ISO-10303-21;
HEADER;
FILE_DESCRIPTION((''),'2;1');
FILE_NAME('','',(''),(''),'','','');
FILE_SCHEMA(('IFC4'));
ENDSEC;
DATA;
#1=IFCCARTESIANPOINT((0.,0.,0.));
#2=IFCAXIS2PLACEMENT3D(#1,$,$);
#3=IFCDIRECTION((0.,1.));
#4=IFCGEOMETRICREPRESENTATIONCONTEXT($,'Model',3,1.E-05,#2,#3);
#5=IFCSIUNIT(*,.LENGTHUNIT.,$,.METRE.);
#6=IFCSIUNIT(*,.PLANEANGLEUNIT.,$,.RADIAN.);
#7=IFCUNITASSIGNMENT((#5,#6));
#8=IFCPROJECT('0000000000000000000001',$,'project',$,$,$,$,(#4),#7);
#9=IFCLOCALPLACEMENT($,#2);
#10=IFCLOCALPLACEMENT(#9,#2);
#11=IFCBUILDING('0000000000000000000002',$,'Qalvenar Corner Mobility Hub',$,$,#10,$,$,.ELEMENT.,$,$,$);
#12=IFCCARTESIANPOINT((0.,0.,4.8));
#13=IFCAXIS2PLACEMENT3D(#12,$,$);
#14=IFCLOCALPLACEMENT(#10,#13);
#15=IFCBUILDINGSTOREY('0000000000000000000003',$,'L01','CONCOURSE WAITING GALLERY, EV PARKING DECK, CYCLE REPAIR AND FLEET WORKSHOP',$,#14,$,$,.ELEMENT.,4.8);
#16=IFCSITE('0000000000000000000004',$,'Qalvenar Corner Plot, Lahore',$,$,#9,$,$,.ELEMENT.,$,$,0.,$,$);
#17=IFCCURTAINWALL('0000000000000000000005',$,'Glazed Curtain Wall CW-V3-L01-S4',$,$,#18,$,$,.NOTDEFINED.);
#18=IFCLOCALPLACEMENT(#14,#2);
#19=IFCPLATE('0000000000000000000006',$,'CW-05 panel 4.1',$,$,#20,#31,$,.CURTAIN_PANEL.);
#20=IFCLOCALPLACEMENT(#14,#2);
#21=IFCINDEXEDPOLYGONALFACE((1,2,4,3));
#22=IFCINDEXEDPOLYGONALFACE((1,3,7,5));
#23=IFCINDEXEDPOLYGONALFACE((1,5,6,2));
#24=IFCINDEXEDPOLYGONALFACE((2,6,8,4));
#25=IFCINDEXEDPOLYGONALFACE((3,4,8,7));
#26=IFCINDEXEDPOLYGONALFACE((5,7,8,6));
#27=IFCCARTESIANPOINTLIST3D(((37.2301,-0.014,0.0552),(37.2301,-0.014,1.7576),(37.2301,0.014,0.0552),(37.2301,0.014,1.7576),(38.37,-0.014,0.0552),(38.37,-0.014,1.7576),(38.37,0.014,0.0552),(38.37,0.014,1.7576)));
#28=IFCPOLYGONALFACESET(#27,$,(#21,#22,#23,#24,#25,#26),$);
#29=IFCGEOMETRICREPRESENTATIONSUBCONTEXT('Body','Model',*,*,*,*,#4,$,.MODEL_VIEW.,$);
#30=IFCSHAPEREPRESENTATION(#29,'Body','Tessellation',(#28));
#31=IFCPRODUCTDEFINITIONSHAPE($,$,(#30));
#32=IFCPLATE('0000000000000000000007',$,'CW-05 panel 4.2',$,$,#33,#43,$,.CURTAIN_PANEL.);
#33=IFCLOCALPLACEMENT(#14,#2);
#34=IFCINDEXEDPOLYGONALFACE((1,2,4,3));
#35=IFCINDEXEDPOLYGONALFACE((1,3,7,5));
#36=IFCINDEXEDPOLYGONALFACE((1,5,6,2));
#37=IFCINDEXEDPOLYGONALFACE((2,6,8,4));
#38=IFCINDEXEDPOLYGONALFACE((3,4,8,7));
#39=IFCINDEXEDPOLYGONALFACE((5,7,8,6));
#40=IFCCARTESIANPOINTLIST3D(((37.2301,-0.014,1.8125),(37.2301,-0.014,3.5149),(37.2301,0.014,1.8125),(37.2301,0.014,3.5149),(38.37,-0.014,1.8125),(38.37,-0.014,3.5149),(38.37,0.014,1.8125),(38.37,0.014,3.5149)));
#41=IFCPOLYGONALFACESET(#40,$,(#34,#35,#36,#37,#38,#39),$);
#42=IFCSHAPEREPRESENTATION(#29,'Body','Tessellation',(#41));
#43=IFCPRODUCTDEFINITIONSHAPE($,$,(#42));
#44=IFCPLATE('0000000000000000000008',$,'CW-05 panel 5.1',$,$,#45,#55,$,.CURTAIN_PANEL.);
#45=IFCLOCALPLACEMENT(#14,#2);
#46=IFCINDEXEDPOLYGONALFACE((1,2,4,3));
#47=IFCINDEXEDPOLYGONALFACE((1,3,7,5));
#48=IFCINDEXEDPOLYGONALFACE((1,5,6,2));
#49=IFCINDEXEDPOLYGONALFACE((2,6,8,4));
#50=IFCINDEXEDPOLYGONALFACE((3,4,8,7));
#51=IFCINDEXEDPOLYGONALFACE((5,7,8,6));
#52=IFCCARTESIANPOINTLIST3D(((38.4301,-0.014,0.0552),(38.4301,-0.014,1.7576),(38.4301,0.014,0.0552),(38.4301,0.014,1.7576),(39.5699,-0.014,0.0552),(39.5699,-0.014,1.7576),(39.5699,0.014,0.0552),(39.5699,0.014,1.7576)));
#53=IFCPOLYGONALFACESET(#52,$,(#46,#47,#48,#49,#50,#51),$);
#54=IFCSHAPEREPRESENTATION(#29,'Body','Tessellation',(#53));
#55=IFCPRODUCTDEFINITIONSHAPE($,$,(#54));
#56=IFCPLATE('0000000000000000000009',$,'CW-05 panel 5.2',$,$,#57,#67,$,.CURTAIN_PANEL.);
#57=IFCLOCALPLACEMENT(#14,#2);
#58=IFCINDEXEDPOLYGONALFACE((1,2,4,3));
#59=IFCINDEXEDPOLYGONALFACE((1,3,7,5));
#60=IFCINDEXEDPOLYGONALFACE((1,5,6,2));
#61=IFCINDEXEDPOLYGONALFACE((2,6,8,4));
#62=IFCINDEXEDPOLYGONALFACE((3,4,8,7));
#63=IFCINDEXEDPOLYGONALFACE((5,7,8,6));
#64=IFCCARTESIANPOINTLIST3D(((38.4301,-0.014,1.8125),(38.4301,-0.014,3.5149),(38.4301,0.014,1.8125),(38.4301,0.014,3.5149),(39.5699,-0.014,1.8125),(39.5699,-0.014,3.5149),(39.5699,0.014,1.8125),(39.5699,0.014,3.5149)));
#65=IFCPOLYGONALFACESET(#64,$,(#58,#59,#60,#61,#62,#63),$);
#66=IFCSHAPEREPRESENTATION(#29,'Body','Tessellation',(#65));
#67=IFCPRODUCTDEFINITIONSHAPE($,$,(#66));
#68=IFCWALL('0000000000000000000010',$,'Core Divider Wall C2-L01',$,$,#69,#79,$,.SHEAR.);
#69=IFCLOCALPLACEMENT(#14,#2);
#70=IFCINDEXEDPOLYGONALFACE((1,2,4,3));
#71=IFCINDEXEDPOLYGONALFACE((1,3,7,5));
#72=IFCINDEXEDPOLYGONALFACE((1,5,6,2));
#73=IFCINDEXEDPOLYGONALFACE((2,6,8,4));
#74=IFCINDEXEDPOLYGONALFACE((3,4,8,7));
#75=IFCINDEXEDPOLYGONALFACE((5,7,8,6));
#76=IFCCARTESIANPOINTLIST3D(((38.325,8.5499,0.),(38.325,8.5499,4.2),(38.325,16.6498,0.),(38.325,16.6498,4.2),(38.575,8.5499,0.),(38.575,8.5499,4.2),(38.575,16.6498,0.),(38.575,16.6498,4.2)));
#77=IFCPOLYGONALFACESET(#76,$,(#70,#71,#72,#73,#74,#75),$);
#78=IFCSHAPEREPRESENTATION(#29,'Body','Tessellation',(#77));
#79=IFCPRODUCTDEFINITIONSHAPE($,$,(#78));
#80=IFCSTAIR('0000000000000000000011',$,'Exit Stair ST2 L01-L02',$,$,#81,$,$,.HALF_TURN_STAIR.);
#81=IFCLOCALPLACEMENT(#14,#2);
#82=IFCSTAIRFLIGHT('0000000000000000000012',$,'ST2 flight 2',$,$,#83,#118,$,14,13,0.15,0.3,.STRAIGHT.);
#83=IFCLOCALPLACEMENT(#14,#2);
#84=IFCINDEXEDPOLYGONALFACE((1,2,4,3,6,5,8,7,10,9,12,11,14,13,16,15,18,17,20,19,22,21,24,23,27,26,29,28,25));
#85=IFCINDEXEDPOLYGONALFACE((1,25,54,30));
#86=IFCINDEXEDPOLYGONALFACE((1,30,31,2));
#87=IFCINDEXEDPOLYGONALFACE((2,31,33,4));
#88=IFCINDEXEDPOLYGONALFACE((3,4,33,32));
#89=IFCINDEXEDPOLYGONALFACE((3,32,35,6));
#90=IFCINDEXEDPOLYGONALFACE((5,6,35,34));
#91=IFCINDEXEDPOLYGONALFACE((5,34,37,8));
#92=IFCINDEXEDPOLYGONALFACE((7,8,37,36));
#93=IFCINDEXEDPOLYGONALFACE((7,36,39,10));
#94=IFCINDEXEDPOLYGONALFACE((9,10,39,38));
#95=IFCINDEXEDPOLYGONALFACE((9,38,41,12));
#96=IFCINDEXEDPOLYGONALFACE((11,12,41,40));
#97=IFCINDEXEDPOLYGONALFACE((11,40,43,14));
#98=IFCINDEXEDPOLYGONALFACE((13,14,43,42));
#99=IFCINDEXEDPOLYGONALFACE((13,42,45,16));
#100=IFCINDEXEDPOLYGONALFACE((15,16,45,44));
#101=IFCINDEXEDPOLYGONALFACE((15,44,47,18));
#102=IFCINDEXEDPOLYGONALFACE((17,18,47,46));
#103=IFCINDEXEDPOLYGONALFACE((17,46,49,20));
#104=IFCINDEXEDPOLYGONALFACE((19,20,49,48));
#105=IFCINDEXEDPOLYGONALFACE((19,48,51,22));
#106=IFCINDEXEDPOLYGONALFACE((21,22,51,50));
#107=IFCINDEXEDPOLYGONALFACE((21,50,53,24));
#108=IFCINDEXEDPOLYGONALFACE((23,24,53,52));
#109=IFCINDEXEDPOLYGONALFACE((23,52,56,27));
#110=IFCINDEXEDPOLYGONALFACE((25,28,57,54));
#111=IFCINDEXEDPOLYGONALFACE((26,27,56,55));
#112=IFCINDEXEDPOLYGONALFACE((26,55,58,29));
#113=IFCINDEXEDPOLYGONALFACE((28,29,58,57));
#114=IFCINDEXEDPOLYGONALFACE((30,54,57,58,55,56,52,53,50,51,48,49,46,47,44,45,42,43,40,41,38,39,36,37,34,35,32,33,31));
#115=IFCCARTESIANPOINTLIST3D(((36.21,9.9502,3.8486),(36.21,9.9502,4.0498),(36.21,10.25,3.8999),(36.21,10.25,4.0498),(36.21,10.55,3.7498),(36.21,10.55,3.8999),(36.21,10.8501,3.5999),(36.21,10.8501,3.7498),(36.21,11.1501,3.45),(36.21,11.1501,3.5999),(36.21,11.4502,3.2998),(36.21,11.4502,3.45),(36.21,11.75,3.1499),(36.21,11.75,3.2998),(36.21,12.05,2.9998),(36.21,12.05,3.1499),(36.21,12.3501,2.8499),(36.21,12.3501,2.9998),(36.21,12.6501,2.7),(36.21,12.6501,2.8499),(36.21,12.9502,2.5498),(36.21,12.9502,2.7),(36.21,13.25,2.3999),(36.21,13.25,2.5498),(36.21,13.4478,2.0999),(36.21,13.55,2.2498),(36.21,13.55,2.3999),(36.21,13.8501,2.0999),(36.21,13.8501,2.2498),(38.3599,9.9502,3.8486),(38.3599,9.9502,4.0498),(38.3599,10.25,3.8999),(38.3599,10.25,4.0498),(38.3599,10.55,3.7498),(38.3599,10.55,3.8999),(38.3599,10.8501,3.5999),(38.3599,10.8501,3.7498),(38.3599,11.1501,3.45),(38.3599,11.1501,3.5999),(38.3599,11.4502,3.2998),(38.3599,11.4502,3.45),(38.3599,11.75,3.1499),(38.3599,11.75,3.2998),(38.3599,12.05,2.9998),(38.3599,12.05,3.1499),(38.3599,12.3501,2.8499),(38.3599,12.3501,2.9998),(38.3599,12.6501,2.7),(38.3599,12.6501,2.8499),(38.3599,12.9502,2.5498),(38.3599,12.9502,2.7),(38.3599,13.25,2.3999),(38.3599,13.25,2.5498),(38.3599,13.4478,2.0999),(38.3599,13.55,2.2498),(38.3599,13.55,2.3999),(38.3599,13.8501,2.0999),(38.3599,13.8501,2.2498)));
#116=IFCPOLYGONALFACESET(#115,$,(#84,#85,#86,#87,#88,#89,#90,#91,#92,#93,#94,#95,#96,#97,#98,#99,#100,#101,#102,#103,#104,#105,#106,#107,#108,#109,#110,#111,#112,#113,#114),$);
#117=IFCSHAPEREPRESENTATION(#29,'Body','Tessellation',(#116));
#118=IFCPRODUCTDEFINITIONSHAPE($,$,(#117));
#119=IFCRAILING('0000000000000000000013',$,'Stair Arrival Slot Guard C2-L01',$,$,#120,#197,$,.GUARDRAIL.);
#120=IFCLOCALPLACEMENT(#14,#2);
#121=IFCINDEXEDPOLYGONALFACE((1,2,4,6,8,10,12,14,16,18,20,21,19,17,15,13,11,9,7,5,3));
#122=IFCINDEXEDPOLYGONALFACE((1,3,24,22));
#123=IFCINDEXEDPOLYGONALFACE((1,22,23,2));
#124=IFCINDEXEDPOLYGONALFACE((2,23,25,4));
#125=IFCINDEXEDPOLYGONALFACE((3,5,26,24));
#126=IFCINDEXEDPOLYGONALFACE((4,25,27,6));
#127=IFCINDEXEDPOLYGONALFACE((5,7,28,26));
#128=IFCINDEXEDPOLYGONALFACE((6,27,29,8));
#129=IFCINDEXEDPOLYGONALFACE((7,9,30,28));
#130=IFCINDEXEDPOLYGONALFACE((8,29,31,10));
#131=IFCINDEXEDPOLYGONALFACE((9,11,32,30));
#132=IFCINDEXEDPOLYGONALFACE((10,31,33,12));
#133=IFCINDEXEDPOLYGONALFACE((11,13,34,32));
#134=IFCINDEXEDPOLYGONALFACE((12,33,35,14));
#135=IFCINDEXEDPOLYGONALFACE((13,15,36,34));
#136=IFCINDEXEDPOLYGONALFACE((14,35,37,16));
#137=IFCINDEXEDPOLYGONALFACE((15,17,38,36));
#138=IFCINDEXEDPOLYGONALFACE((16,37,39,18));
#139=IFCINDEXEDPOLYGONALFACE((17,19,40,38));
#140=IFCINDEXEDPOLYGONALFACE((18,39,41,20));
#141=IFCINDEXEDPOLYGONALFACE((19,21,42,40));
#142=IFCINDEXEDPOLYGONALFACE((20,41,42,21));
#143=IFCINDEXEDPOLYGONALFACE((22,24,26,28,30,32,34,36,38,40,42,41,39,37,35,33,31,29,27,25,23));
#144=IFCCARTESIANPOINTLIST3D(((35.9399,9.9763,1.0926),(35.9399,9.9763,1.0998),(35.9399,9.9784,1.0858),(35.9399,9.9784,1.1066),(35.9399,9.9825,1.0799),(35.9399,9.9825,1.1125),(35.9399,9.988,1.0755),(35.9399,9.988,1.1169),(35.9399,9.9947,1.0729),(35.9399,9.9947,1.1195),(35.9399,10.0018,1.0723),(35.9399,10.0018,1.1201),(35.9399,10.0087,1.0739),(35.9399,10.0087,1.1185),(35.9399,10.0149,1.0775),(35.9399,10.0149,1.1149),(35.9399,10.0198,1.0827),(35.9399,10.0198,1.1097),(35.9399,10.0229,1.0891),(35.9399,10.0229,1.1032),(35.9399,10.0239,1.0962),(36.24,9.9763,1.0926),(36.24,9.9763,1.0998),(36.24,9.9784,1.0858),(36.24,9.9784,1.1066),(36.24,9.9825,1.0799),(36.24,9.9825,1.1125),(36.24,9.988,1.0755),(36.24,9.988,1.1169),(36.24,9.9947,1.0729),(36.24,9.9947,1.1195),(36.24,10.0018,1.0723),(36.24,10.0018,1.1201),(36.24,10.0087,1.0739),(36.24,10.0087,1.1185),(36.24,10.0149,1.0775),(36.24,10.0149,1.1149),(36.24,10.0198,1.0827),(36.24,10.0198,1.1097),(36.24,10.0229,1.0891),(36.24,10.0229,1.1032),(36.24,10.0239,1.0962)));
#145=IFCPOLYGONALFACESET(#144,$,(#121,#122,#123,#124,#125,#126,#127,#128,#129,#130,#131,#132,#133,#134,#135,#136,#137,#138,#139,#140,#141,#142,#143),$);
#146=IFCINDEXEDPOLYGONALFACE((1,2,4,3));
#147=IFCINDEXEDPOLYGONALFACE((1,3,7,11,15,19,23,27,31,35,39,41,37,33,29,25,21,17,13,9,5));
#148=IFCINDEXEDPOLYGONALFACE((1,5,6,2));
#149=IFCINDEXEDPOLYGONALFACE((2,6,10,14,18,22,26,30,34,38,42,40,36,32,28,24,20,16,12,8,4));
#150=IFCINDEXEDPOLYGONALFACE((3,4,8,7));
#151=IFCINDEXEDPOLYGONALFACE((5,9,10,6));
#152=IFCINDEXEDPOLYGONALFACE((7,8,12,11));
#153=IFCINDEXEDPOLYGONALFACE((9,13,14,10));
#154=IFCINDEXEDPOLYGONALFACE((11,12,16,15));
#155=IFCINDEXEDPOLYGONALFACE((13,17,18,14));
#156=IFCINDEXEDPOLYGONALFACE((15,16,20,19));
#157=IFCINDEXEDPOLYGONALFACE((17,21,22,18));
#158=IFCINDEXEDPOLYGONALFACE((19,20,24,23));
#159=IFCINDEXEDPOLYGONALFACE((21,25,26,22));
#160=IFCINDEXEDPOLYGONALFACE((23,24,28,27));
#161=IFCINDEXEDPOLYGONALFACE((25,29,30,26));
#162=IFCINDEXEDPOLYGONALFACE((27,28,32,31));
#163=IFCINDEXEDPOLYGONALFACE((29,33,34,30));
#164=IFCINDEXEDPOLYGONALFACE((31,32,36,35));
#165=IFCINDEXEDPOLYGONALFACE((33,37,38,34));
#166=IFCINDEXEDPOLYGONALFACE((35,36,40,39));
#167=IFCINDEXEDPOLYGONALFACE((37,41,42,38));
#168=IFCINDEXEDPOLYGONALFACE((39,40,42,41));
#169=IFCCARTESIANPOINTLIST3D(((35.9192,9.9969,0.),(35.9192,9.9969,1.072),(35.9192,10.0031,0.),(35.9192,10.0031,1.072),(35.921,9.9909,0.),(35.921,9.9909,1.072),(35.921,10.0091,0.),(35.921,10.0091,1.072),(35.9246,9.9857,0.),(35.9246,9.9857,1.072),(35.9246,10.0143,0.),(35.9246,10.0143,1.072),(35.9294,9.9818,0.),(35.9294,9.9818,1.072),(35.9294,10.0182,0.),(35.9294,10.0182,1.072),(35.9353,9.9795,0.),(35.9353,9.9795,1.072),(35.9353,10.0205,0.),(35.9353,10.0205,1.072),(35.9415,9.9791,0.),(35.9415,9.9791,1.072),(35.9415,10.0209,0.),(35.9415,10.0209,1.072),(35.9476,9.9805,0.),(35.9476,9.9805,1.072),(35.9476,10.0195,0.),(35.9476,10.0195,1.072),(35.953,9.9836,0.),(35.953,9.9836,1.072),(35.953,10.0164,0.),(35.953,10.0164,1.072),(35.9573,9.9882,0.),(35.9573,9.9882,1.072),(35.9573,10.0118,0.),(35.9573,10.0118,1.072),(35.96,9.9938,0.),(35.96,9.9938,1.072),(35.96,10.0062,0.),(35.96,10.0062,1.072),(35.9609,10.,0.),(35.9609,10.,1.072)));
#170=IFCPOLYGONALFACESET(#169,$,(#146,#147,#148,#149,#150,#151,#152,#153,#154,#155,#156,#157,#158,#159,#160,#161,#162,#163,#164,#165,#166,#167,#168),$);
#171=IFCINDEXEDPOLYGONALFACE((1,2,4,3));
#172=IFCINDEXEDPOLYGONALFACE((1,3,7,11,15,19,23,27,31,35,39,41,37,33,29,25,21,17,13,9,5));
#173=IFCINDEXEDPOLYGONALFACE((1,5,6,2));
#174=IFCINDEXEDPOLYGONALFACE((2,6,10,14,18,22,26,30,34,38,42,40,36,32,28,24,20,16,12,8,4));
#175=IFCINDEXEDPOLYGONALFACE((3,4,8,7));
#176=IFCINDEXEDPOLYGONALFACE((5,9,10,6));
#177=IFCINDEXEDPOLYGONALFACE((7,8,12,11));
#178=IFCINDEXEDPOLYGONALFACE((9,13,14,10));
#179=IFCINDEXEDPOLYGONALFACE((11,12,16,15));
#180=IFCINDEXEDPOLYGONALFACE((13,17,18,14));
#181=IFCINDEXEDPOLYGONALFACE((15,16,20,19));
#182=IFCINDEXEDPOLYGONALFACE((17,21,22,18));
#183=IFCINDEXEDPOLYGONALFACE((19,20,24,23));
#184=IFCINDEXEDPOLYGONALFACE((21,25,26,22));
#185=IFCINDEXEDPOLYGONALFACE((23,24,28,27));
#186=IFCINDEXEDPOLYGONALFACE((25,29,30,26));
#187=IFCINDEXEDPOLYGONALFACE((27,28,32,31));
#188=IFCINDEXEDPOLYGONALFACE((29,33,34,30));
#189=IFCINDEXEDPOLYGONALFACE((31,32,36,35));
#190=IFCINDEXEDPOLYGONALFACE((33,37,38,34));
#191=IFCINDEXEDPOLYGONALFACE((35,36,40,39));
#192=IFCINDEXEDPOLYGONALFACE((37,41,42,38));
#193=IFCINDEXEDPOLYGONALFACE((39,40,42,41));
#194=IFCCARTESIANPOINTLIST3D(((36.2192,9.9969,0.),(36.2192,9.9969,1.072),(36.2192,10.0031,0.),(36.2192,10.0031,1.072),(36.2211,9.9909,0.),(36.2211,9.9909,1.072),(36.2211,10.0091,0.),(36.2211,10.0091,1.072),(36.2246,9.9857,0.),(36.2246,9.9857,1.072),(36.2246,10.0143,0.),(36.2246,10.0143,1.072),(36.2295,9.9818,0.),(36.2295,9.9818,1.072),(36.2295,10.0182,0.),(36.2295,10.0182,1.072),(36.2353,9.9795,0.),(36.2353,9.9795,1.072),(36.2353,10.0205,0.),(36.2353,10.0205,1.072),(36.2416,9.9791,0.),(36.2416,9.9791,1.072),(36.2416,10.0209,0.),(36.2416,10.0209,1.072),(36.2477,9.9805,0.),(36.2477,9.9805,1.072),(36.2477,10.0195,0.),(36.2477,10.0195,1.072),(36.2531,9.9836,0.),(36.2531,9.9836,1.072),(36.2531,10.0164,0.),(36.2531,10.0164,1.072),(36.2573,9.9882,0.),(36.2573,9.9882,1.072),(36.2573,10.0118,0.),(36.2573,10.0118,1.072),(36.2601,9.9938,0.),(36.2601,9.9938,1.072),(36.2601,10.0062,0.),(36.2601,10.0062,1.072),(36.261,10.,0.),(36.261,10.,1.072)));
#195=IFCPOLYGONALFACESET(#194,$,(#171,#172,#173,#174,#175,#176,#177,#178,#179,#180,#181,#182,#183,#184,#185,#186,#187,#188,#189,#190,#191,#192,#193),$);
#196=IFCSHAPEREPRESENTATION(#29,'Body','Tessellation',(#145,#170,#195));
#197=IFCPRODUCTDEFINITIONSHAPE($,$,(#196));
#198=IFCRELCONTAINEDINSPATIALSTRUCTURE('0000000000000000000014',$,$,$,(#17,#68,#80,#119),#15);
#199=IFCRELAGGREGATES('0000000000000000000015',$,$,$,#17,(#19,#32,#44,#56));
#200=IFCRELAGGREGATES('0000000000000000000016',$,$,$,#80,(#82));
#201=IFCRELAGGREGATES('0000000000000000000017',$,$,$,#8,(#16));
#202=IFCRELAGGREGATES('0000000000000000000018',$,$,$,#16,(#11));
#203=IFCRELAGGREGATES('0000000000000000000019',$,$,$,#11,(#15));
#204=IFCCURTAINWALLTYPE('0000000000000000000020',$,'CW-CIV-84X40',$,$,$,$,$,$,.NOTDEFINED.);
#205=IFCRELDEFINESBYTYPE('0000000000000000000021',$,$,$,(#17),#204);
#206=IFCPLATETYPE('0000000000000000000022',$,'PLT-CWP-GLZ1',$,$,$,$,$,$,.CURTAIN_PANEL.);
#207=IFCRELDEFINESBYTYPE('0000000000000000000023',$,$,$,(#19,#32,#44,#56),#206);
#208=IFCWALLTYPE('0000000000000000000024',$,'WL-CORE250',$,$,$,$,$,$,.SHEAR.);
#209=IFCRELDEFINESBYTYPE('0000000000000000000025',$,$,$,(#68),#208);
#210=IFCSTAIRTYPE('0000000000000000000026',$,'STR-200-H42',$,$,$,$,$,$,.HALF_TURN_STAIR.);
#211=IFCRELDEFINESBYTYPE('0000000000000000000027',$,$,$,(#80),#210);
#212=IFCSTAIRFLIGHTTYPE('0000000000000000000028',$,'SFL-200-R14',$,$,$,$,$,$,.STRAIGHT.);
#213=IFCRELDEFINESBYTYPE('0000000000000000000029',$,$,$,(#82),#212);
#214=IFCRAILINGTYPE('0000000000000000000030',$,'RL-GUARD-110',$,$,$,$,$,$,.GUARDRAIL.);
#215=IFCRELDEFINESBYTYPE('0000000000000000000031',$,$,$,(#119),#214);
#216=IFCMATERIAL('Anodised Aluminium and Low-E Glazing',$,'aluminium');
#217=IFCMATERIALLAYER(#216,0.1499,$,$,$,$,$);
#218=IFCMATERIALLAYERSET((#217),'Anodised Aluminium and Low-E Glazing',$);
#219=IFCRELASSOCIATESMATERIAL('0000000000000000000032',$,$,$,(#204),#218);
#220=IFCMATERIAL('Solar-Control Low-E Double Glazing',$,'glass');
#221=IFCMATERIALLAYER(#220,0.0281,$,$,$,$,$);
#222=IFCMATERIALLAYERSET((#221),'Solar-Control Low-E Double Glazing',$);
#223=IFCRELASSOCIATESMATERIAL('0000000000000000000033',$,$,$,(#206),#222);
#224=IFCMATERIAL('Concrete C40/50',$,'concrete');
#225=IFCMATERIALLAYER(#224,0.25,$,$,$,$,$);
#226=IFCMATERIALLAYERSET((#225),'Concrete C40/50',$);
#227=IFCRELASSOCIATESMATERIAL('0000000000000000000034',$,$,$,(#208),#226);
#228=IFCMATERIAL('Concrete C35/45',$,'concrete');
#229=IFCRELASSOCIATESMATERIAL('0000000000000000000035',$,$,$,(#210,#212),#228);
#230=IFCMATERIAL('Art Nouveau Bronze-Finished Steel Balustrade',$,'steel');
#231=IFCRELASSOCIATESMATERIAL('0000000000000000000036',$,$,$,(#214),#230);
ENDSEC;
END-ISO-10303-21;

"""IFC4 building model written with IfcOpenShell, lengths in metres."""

from ifc_helpers import new_model, si_unit, direction, frame, frame_2d, origin, origin_2d, place, context, subcontext, project, spatial, polyline, rectangle, circle, outline, extrude, material, layer, layer_set, type_object, element, aggregate, save


model = new_model("IFC4")

# Units and contexts
model_context = context("Model", 3, precision=1e-05, world=origin(), true_north=direction((0.0, 1.0)))
body_context = subcontext(model_context, "Body", "Model", "MODEL_VIEW")
ifc_project = project(units=[si_unit("LENGTHUNIT", "METRE"), si_unit("PLANEANGLEUNIT", "RADIAN")], contexts=[model_context])

# Site, building, storey
site_placement = place(None, origin())
site = spatial("IfcSite", under=ifc_project, at=site_placement, Name="Qalvenar Corner Plot, Lahore", CompositionType="ELEMENT", RefElevation=0.0)
building_placement = place(site_placement, origin())
building = spatial("IfcBuilding", under=site, at=building_placement, Name="Qalvenar Corner Mobility Hub", CompositionType="ELEMENT")
storey_placement = place(building_placement, frame((0.0, 0.0, 4.8)))
storey = spatial("IfcBuildingStorey", under=building, at=storey_placement, Name="L01", Description="CONCOURSE WAITING GALLERY, EV PARKING DECK, CYCLE REPAIR AND FLEET WORKSHOP", CompositionType="ELEMENT", Elevation=4.8)

# Curtain wall, plates
ifc_material_1 = material(Name="Anodised Aluminium and Low-E Glazing", Category="aluminium")
ifc_layer_1 = layer(ifc_material_1, 0.1499)
ifc_layer_set_1 = layer_set([ifc_layer_1], Name="Anodised Aluminium and Low-E Glazing")
curtain_wall_type = type_object("IfcCurtainWallType", Name="CW-CIV-84X40", PredefinedType="NOTDEFINED", material=ifc_layer_set_1)
curtain_wall_placement = place(storey_placement, origin())
curtain_wall = element("IfcCurtainWall", 1, at=curtain_wall_placement, inside=storey, type_object=curtain_wall_type, Name="Glazed Curtain Wall CW-V3-L01-S4", PredefinedType="NOTDEFINED")
ifc_material_2 = material(Name="Solar-Control Low-E Double Glazing", Category="glass")
ifc_layer_2 = layer(ifc_material_2, 0.0281)
ifc_layer_set_2 = layer_set([ifc_layer_2], Name="Solar-Control Low-E Double Glazing")
plate_type = type_object("IfcPlateType", Name="PLT-CWP-GLZ1", PredefinedType="CURTAIN_PANEL", material=ifc_layer_set_2)
plate_1_placement = place(storey_placement, frame((37.8, 0.0, 0.0552), z_axis=(0.0, 0.0, 1.0), x_axis=(1.0, 0.0, 0.0)))
plate_1 = element("IfcPlate", 2, at=plate_1_placement, type_object=plate_type, Name="CW-05 panel 4.1", PredefinedType="CURTAIN_PANEL", context=body_context, shape_type="SweptSolid", body=[
    extrude(rectangle(XDim=1.1399, YDim=0.0281, at=origin_2d()), origin(), (0.0, 0.0, 1.0), 1.7024),
])
plate_2_placement = place(storey_placement, frame((37.8, 0.0, 1.8125), z_axis=(0.0, 0.0, 1.0), x_axis=(1.0, 0.0, 0.0)))
plate_2 = element("IfcPlate", 3, at=plate_2_placement, type_object=plate_type, Name="CW-05 panel 4.2", PredefinedType="CURTAIN_PANEL", context=body_context, shape_type="SweptSolid", body=[
    extrude(rectangle(XDim=1.1399, YDim=0.0281, at=origin_2d()), origin(), (0.0, 0.0, 1.0), 1.7024),
])
plate_3_placement = place(storey_placement, frame((39.0, 0.0, 0.0552), z_axis=(0.0, 0.0, 1.0), x_axis=(1.0, 0.0, 0.0)))
plate_3 = element("IfcPlate", 4, at=plate_3_placement, type_object=plate_type, Name="CW-05 panel 5.1", PredefinedType="CURTAIN_PANEL", context=body_context, shape_type="SweptSolid", body=[
    extrude(rectangle(XDim=1.1399, YDim=0.0281, at=origin_2d()), origin(), (0.0, 0.0, 1.0), 1.7024),
])
plate_4_placement = place(storey_placement, frame((39.0, 0.0, 1.8125), z_axis=(0.0, 0.0, 1.0), x_axis=(1.0, 0.0, 0.0)))
plate_4 = element("IfcPlate", 5, at=plate_4_placement, type_object=plate_type, Name="CW-05 panel 5.2", PredefinedType="CURTAIN_PANEL", context=body_context, shape_type="SweptSolid", body=[
    extrude(rectangle(XDim=1.1399, YDim=0.0281, at=origin_2d()), origin(), (0.0, 0.0, 1.0), 1.7024),
])
aggregate(curtain_wall, [plate_1, plate_2, plate_3, plate_4])

# Wall
ifc_material_3 = material(Name="Concrete C40/50", Category="concrete")
ifc_layer_3 = layer(ifc_material_3, 0.25)
ifc_layer_set_3 = layer_set([ifc_layer_3], Name="Concrete C40/50")
wall_type = type_object("IfcWallType", Name="WL-CORE250", PredefinedType="SHEAR", material=ifc_layer_set_3)
wall_placement = place(storey_placement, frame((38.45, 8.55, 0.0), z_axis=(0.0, 0.0, 1.0), x_axis=(0.0, 1.0, 0.0)))
element("IfcWall", 6, at=wall_placement, inside=storey, type_object=wall_type, Name="Core Divider Wall C2-L01", PredefinedType="SHEAR", context=body_context, shape_type="SweptSolid", body=[
    extrude(rectangle(XDim=8.0999, YDim=0.25, at=frame_2d((4.0498, 0.0))), origin(), (0.0, 0.0, 1.0), 4.2),
])

# Stair, stair flight
ifc_material_4 = material(Name="Concrete C35/45", Category="concrete")
stair_type = type_object("IfcStairType", Name="STR-200-H42", PredefinedType="HALF_TURN_STAIR", material=ifc_material_4)
stair_placement = place(storey_placement, origin())
stair = element("IfcStair", 7, at=stair_placement, inside=storey, type_object=stair_type, Name="Exit Stair ST2 L01-L02", PredefinedType="HALF_TURN_STAIR")
stair_flight_type = type_object("IfcStairFlightType", Name="SFL-200-R14", PredefinedType="STRAIGHT", material=ifc_material_4)
stair_flight_placement = place(storey_placement, frame((37.2849, 13.8501, 2.0999), z_axis=(0.0, 0.0, 1.0), x_axis=(0.0, -1.0, 0.0)))
stair_flight = element("IfcStairFlight", 8, at=stair_flight_placement, type_object=stair_flight_type, Name="ST2 flight 2", NumberOfRisers=14, NumberOfTreads=13, PredefinedType="STRAIGHT", RiserHeight=0.15, TreadLength=0.3, context=body_context, shape_type="SweptSolid", body=[
    extrude(outline(polyline([(0.0, 0.0), (0.0, 0.1499), (0.3, 0.1499), (0.3, 0.3), (0.6001, 0.3), (0.6001, 0.45), (0.8999, 0.45), (0.8999, 0.6001), (1.2, 0.6001), (1.2, 0.75), (1.5, 0.75), (1.5, 0.8999), (1.8, 0.8999), (1.8, 1.05), (2.1001, 1.05), (2.1001, 1.2), (2.3999, 1.2), (2.3999, 1.3501), (2.7, 1.3501), (2.7, 1.5), (3.0, 1.5), (3.0, 1.6499), (3.3, 1.6499), (3.3, 1.8), (3.6001, 1.8), (3.6001, 1.95), (3.8999, 1.95), (3.8999, 2.1001), (3.8999, 1.7488), (0.4023, 0.0), (0.0, 0.0)])), frame((0.0, 1.075, 0.0), z_axis=(0.0, -1.0, 0.0), x_axis=(1.0, 0.0, 0.0)), (0.0, 0.0, 1.0), 2.1499),
])
aggregate(stair, [stair_flight])

# Railing
ifc_material_5 = material(Name="Art Nouveau Bronze-Finished Steel Balustrade", Category="steel")
railing_type_1 = type_object("IfcRailingType", Name="RL-GUARD-110", PredefinedType="GUARDRAIL", material=ifc_material_5)
for number, where, name in (
    (9, (35.9399, 10.0, 0.0), "Stair Arrival Slot Guard C2-L01"),
):
    element("IfcRailing", number, at=place(storey_placement, frame(where)), inside=storey, type_object=railing_type_1, Name=name, PredefinedType="GUARDRAIL", context=body_context, shape_type="SweptSolid", body=[
        extrude(circle(Radius=0.0239, at=origin_2d()), frame((0.0, 0.0, 1.0962), z_axis=(1.0, 0.0, 0.0), x_axis=(0.0, 1.0, 0.0)), (0.0, 0.0, 1.0), 0.3),
        extrude(circle(Radius=0.021, at=origin_2d()), origin(), (0.0, 0.0, 1.0), 1.072),
        extrude(circle(Radius=0.021, at=origin_2d()), frame((0.3, 0.0, 0.0)), (0.0, 0.0, 1.0), 1.072),
    ])

save(model, "model.ifc")
